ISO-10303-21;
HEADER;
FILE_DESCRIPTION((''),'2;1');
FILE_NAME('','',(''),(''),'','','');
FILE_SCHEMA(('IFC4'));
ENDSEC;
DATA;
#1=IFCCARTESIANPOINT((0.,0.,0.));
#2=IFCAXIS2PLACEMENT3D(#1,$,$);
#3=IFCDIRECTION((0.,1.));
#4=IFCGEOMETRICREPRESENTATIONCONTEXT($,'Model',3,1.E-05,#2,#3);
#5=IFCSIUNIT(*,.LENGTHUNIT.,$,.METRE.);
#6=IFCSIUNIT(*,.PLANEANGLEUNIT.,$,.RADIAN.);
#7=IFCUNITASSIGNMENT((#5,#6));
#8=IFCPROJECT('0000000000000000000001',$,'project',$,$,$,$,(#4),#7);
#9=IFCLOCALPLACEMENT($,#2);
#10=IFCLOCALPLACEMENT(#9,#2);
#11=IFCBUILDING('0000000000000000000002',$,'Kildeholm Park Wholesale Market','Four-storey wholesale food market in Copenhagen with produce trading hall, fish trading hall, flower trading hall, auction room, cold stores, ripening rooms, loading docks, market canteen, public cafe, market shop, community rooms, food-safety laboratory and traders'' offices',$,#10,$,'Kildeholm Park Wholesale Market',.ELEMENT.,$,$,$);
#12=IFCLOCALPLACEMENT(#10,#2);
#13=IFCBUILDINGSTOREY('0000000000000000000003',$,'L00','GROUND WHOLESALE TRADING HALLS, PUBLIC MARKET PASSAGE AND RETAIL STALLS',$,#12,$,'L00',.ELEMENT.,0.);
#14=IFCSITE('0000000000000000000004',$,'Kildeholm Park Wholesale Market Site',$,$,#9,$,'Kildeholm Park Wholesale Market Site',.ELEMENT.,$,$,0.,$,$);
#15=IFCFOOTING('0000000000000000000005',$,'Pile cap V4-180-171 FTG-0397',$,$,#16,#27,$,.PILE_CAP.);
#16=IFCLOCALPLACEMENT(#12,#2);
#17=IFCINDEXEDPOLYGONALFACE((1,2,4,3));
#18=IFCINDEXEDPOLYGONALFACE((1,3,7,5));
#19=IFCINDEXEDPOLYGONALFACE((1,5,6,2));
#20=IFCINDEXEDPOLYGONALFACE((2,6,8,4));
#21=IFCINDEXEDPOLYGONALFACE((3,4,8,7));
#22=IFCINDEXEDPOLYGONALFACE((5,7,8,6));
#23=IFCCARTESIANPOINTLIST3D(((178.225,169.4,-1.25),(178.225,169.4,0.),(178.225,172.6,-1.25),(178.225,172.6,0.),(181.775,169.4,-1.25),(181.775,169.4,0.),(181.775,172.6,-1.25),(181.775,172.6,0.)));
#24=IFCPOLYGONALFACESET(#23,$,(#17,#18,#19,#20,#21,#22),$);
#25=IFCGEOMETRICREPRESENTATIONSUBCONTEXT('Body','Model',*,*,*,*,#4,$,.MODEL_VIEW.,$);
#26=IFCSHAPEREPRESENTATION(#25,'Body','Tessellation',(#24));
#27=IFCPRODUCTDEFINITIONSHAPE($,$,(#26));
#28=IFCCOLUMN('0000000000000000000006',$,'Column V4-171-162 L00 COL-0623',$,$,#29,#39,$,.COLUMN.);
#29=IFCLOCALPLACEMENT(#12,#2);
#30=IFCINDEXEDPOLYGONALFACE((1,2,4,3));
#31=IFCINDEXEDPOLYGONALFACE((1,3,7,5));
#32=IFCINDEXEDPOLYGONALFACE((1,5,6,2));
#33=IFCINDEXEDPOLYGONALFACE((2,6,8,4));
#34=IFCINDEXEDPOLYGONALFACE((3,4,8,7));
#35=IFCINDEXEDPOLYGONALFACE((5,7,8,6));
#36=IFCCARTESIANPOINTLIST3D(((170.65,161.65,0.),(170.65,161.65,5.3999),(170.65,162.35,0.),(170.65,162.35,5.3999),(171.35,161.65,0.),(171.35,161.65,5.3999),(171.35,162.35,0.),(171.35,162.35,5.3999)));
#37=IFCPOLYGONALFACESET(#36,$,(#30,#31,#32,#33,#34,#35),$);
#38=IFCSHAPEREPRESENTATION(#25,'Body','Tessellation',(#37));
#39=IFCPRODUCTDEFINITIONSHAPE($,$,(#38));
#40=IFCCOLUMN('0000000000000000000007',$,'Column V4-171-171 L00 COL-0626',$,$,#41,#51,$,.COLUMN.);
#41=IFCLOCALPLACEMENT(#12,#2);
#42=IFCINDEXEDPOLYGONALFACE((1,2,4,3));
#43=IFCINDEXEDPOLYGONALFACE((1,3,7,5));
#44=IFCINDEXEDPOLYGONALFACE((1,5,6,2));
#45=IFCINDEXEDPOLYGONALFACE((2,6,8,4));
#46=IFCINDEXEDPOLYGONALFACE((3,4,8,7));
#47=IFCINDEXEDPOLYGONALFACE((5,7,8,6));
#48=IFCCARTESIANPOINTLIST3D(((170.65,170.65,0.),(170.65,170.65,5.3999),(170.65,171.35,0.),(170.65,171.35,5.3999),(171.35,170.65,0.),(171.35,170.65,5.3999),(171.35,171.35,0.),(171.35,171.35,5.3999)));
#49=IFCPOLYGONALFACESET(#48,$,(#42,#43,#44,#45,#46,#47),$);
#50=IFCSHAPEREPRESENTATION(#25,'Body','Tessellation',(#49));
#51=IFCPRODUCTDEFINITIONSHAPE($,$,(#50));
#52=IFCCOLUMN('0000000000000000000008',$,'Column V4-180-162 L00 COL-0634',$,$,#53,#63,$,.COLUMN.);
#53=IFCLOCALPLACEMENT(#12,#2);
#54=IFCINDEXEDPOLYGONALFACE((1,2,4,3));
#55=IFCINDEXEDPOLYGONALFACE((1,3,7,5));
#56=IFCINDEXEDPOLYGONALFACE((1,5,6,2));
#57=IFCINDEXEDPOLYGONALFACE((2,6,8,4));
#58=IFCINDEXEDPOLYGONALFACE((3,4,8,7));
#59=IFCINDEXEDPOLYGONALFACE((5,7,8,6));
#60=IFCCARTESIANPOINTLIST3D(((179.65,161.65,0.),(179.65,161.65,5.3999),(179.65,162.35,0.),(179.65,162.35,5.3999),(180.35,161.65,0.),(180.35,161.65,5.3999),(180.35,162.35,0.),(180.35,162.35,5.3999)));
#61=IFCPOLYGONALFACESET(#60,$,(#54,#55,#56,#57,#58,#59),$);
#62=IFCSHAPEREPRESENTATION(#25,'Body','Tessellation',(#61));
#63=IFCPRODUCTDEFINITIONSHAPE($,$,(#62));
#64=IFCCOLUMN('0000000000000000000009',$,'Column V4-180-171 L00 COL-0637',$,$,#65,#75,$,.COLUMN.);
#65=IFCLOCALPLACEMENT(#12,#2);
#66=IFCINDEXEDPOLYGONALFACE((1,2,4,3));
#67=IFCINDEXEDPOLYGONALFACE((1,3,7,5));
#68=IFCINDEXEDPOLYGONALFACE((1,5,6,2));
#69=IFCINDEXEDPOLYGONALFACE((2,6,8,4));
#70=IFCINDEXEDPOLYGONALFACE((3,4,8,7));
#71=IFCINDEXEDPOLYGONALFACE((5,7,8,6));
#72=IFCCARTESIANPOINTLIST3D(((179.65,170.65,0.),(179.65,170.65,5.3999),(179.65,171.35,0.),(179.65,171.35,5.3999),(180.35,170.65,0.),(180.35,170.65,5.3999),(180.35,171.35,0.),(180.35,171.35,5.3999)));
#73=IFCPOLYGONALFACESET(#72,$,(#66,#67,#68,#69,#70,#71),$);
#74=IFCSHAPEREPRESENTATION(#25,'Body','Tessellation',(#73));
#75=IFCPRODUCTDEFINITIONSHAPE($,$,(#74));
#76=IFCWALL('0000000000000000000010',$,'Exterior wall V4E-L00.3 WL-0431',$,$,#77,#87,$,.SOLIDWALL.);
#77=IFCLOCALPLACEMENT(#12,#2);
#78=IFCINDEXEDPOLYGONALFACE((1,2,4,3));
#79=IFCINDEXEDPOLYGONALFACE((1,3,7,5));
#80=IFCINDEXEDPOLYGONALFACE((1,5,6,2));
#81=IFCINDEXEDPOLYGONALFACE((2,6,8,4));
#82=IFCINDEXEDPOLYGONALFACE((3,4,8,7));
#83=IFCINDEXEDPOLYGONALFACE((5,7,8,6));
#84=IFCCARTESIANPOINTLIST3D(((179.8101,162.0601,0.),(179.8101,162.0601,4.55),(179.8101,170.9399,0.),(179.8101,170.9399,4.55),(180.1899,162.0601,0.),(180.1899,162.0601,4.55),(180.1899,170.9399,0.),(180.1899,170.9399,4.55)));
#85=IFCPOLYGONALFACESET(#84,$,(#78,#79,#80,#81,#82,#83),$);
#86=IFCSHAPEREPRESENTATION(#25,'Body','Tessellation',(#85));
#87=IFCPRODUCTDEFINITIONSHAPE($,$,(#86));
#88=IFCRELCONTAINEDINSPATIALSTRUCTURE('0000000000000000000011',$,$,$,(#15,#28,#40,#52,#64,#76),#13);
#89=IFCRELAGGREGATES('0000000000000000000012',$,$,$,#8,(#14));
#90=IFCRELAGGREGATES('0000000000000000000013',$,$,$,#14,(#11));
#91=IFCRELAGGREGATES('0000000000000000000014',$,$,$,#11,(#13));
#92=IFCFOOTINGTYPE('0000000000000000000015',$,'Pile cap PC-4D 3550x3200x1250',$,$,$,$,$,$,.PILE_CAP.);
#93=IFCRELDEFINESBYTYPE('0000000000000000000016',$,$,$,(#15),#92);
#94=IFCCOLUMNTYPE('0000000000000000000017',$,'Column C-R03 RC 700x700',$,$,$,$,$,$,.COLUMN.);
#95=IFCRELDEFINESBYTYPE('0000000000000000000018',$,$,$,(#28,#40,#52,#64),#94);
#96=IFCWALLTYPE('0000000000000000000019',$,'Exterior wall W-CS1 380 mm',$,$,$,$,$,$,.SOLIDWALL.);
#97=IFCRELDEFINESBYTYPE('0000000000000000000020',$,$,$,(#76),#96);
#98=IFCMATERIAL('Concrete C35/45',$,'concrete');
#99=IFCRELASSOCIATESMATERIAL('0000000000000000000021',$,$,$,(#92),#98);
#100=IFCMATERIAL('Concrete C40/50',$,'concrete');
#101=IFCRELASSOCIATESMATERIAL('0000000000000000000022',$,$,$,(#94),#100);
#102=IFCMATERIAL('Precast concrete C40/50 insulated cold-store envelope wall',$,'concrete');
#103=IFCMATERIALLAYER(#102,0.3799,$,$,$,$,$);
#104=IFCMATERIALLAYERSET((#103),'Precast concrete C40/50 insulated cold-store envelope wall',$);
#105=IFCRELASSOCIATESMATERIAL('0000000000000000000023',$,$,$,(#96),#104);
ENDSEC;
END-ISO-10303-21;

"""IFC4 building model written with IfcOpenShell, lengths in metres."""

from ifc_helpers import new_model, si_unit, direction, frame, frame_2d, origin, origin_2d, place, context, subcontext, project, spatial, rectangle, extrude, material, layer, layer_set, material_profile, profile_set, type_object, element, save


model = new_model("IFC4")

# Units and contexts
model_context = context("Model", 3, precision=1e-05, world=origin(), true_north=direction((0.0, 1.0)))
body_context = subcontext(model_context, "Body", "Model", "MODEL_VIEW")
ifc_project = project(units=[si_unit("LENGTHUNIT", "METRE"), si_unit("PLANEANGLEUNIT", "RADIAN")], contexts=[model_context])

# Site, building, storey
site_placement = place(None, origin())
site = spatial("IfcSite", under=ifc_project, at=site_placement, Name="Kildeholm Park Wholesale Market Site", LongName="Kildeholm Park Wholesale Market Site", CompositionType="ELEMENT", RefElevation=0.0)
building_placement = place(site_placement, origin())
building = spatial("IfcBuilding", under=site, at=building_placement, Name="Kildeholm Park Wholesale Market", Description="Four-storey wholesale food market in Copenhagen with produce trading hall, fish trading hall, flower trading hall, auction room, cold stores, ripening rooms, loading docks, market canteen, public cafe, market shop, community rooms, food-safety laboratory and traders' offices", LongName="Kildeholm Park Wholesale Market", CompositionType="ELEMENT")
storey_placement = place(building_placement, origin())
storey = spatial("IfcBuildingStorey", under=building, at=storey_placement, Name="L00", Description="GROUND WHOLESALE TRADING HALLS, PUBLIC MARKET PASSAGE AND RETAIL STALLS", LongName="L00", CompositionType="ELEMENT", Elevation=0.0)

# Shared definitions
ifc_material_1 = material(Name="Concrete C35/45", Category="concrete")

# Footing
footing_type_1 = type_object("IfcFootingType", Name="Pile cap PC-4D 3550x3200x1250", PredefinedType="PILE_CAP", material=ifc_material_1)
for number, where, z_axis, x_axis, name in (
    (1, (180.0, 171.0, -1.25), (0.0, 0.0, 1.0), (1.0, 0.0, 0.0), "Pile cap V4-180-171 FTG-0397"),
):
    element("IfcFooting", number, at=place(storey_placement, frame(where, z_axis=z_axis, x_axis=x_axis)), inside=storey, type_object=footing_type_1, Name=name, PredefinedType="PILE_CAP", context=body_context, shape_type="SweptSolid", body=[
        extrude(rectangle(XDim=3.55, YDim=3.2, at=origin_2d()), origin(), (0.0, 0.0, 1.0), 1.25),
    ])

# Columns
ifc_material_2 = material(Name="Concrete C40/50", Category="concrete")
ifc_material_profile_1 = material_profile(ifc_material_2, rectangle(XDim=0.7, YDim=0.7, at=origin_2d()), Name="RC 700x700")
ifc_profile_set_1 = profile_set([ifc_material_profile_1], Name="Concrete C40/50")
column_type = type_object("IfcColumnType", Name="Column C-R03 RC 700x700", PredefinedType="COLUMN", material=ifc_profile_set_1)
for number, where, z_axis, x_axis, name in (
    (2, (171.0, 162.0, 0.0), (0.0, 0.0, 1.0), (1.0, 0.0, 0.0), "Column V4-171-162 L00 COL-0623"),
    (3, (171.0, 171.0, 0.0), (0.0, 0.0, 1.0), (1.0, 0.0, 0.0), "Column V4-171-171 L00 COL-0626"),
    (4, (180.0, 162.0, 0.0), (0.0, 0.0, 1.0), (1.0, 0.0, 0.0), "Column V4-180-162 L00 COL-0634"),
    (5, (180.0, 171.0, 0.0), (0.0, 0.0, 1.0), (1.0, 0.0, 0.0), "Column V4-180-171 L00 COL-0637"),
):
    element("IfcColumn", number, at=place(storey_placement, frame(where, z_axis=z_axis, x_axis=x_axis)), inside=storey, type_object=column_type, Name=name, PredefinedType="COLUMN", context=body_context, shape_type="SweptSolid", body=[
        extrude(rectangle(XDim=0.7, YDim=0.7, at=origin_2d()), origin(), (0.0, 0.0, 1.0), 5.3999),
    ])

# Shared definitions
ifc_material_3 = material(Name="Precast concrete C40/50 insulated cold-store envelope wall", Category="concrete")
ifc_layer = layer(ifc_material_3, 0.3799)
ifc_layer_set = layer_set([ifc_layer], Name="Precast concrete C40/50 insulated cold-store envelope wall")
wall_type = type_object("IfcWallType", Name="Exterior wall W-CS1 380 mm", PredefinedType="SOLIDWALL", material=ifc_layer_set)

# Wall
wall_1_placement = place(storey_placement, frame((180.0, 162.0601, 0.0), z_axis=(0.0, 0.0, 1.0), x_axis=(0.0, 1.0, 0.0)))
element("IfcWall", 6, at=wall_1_placement, inside=storey, type_object=wall_type, Name="Exterior wall V4E-L00.3 WL-0431", PredefinedType="SOLIDWALL", context=body_context, shape_type="SweptSolid", body=[
    extrude(rectangle(XDim=8.8799, YDim=0.3799, at=frame_2d((4.4399, 0.0))), origin(), (0.0, 0.0, 1.0), 4.55),
])

save(model, "model.ifc")
